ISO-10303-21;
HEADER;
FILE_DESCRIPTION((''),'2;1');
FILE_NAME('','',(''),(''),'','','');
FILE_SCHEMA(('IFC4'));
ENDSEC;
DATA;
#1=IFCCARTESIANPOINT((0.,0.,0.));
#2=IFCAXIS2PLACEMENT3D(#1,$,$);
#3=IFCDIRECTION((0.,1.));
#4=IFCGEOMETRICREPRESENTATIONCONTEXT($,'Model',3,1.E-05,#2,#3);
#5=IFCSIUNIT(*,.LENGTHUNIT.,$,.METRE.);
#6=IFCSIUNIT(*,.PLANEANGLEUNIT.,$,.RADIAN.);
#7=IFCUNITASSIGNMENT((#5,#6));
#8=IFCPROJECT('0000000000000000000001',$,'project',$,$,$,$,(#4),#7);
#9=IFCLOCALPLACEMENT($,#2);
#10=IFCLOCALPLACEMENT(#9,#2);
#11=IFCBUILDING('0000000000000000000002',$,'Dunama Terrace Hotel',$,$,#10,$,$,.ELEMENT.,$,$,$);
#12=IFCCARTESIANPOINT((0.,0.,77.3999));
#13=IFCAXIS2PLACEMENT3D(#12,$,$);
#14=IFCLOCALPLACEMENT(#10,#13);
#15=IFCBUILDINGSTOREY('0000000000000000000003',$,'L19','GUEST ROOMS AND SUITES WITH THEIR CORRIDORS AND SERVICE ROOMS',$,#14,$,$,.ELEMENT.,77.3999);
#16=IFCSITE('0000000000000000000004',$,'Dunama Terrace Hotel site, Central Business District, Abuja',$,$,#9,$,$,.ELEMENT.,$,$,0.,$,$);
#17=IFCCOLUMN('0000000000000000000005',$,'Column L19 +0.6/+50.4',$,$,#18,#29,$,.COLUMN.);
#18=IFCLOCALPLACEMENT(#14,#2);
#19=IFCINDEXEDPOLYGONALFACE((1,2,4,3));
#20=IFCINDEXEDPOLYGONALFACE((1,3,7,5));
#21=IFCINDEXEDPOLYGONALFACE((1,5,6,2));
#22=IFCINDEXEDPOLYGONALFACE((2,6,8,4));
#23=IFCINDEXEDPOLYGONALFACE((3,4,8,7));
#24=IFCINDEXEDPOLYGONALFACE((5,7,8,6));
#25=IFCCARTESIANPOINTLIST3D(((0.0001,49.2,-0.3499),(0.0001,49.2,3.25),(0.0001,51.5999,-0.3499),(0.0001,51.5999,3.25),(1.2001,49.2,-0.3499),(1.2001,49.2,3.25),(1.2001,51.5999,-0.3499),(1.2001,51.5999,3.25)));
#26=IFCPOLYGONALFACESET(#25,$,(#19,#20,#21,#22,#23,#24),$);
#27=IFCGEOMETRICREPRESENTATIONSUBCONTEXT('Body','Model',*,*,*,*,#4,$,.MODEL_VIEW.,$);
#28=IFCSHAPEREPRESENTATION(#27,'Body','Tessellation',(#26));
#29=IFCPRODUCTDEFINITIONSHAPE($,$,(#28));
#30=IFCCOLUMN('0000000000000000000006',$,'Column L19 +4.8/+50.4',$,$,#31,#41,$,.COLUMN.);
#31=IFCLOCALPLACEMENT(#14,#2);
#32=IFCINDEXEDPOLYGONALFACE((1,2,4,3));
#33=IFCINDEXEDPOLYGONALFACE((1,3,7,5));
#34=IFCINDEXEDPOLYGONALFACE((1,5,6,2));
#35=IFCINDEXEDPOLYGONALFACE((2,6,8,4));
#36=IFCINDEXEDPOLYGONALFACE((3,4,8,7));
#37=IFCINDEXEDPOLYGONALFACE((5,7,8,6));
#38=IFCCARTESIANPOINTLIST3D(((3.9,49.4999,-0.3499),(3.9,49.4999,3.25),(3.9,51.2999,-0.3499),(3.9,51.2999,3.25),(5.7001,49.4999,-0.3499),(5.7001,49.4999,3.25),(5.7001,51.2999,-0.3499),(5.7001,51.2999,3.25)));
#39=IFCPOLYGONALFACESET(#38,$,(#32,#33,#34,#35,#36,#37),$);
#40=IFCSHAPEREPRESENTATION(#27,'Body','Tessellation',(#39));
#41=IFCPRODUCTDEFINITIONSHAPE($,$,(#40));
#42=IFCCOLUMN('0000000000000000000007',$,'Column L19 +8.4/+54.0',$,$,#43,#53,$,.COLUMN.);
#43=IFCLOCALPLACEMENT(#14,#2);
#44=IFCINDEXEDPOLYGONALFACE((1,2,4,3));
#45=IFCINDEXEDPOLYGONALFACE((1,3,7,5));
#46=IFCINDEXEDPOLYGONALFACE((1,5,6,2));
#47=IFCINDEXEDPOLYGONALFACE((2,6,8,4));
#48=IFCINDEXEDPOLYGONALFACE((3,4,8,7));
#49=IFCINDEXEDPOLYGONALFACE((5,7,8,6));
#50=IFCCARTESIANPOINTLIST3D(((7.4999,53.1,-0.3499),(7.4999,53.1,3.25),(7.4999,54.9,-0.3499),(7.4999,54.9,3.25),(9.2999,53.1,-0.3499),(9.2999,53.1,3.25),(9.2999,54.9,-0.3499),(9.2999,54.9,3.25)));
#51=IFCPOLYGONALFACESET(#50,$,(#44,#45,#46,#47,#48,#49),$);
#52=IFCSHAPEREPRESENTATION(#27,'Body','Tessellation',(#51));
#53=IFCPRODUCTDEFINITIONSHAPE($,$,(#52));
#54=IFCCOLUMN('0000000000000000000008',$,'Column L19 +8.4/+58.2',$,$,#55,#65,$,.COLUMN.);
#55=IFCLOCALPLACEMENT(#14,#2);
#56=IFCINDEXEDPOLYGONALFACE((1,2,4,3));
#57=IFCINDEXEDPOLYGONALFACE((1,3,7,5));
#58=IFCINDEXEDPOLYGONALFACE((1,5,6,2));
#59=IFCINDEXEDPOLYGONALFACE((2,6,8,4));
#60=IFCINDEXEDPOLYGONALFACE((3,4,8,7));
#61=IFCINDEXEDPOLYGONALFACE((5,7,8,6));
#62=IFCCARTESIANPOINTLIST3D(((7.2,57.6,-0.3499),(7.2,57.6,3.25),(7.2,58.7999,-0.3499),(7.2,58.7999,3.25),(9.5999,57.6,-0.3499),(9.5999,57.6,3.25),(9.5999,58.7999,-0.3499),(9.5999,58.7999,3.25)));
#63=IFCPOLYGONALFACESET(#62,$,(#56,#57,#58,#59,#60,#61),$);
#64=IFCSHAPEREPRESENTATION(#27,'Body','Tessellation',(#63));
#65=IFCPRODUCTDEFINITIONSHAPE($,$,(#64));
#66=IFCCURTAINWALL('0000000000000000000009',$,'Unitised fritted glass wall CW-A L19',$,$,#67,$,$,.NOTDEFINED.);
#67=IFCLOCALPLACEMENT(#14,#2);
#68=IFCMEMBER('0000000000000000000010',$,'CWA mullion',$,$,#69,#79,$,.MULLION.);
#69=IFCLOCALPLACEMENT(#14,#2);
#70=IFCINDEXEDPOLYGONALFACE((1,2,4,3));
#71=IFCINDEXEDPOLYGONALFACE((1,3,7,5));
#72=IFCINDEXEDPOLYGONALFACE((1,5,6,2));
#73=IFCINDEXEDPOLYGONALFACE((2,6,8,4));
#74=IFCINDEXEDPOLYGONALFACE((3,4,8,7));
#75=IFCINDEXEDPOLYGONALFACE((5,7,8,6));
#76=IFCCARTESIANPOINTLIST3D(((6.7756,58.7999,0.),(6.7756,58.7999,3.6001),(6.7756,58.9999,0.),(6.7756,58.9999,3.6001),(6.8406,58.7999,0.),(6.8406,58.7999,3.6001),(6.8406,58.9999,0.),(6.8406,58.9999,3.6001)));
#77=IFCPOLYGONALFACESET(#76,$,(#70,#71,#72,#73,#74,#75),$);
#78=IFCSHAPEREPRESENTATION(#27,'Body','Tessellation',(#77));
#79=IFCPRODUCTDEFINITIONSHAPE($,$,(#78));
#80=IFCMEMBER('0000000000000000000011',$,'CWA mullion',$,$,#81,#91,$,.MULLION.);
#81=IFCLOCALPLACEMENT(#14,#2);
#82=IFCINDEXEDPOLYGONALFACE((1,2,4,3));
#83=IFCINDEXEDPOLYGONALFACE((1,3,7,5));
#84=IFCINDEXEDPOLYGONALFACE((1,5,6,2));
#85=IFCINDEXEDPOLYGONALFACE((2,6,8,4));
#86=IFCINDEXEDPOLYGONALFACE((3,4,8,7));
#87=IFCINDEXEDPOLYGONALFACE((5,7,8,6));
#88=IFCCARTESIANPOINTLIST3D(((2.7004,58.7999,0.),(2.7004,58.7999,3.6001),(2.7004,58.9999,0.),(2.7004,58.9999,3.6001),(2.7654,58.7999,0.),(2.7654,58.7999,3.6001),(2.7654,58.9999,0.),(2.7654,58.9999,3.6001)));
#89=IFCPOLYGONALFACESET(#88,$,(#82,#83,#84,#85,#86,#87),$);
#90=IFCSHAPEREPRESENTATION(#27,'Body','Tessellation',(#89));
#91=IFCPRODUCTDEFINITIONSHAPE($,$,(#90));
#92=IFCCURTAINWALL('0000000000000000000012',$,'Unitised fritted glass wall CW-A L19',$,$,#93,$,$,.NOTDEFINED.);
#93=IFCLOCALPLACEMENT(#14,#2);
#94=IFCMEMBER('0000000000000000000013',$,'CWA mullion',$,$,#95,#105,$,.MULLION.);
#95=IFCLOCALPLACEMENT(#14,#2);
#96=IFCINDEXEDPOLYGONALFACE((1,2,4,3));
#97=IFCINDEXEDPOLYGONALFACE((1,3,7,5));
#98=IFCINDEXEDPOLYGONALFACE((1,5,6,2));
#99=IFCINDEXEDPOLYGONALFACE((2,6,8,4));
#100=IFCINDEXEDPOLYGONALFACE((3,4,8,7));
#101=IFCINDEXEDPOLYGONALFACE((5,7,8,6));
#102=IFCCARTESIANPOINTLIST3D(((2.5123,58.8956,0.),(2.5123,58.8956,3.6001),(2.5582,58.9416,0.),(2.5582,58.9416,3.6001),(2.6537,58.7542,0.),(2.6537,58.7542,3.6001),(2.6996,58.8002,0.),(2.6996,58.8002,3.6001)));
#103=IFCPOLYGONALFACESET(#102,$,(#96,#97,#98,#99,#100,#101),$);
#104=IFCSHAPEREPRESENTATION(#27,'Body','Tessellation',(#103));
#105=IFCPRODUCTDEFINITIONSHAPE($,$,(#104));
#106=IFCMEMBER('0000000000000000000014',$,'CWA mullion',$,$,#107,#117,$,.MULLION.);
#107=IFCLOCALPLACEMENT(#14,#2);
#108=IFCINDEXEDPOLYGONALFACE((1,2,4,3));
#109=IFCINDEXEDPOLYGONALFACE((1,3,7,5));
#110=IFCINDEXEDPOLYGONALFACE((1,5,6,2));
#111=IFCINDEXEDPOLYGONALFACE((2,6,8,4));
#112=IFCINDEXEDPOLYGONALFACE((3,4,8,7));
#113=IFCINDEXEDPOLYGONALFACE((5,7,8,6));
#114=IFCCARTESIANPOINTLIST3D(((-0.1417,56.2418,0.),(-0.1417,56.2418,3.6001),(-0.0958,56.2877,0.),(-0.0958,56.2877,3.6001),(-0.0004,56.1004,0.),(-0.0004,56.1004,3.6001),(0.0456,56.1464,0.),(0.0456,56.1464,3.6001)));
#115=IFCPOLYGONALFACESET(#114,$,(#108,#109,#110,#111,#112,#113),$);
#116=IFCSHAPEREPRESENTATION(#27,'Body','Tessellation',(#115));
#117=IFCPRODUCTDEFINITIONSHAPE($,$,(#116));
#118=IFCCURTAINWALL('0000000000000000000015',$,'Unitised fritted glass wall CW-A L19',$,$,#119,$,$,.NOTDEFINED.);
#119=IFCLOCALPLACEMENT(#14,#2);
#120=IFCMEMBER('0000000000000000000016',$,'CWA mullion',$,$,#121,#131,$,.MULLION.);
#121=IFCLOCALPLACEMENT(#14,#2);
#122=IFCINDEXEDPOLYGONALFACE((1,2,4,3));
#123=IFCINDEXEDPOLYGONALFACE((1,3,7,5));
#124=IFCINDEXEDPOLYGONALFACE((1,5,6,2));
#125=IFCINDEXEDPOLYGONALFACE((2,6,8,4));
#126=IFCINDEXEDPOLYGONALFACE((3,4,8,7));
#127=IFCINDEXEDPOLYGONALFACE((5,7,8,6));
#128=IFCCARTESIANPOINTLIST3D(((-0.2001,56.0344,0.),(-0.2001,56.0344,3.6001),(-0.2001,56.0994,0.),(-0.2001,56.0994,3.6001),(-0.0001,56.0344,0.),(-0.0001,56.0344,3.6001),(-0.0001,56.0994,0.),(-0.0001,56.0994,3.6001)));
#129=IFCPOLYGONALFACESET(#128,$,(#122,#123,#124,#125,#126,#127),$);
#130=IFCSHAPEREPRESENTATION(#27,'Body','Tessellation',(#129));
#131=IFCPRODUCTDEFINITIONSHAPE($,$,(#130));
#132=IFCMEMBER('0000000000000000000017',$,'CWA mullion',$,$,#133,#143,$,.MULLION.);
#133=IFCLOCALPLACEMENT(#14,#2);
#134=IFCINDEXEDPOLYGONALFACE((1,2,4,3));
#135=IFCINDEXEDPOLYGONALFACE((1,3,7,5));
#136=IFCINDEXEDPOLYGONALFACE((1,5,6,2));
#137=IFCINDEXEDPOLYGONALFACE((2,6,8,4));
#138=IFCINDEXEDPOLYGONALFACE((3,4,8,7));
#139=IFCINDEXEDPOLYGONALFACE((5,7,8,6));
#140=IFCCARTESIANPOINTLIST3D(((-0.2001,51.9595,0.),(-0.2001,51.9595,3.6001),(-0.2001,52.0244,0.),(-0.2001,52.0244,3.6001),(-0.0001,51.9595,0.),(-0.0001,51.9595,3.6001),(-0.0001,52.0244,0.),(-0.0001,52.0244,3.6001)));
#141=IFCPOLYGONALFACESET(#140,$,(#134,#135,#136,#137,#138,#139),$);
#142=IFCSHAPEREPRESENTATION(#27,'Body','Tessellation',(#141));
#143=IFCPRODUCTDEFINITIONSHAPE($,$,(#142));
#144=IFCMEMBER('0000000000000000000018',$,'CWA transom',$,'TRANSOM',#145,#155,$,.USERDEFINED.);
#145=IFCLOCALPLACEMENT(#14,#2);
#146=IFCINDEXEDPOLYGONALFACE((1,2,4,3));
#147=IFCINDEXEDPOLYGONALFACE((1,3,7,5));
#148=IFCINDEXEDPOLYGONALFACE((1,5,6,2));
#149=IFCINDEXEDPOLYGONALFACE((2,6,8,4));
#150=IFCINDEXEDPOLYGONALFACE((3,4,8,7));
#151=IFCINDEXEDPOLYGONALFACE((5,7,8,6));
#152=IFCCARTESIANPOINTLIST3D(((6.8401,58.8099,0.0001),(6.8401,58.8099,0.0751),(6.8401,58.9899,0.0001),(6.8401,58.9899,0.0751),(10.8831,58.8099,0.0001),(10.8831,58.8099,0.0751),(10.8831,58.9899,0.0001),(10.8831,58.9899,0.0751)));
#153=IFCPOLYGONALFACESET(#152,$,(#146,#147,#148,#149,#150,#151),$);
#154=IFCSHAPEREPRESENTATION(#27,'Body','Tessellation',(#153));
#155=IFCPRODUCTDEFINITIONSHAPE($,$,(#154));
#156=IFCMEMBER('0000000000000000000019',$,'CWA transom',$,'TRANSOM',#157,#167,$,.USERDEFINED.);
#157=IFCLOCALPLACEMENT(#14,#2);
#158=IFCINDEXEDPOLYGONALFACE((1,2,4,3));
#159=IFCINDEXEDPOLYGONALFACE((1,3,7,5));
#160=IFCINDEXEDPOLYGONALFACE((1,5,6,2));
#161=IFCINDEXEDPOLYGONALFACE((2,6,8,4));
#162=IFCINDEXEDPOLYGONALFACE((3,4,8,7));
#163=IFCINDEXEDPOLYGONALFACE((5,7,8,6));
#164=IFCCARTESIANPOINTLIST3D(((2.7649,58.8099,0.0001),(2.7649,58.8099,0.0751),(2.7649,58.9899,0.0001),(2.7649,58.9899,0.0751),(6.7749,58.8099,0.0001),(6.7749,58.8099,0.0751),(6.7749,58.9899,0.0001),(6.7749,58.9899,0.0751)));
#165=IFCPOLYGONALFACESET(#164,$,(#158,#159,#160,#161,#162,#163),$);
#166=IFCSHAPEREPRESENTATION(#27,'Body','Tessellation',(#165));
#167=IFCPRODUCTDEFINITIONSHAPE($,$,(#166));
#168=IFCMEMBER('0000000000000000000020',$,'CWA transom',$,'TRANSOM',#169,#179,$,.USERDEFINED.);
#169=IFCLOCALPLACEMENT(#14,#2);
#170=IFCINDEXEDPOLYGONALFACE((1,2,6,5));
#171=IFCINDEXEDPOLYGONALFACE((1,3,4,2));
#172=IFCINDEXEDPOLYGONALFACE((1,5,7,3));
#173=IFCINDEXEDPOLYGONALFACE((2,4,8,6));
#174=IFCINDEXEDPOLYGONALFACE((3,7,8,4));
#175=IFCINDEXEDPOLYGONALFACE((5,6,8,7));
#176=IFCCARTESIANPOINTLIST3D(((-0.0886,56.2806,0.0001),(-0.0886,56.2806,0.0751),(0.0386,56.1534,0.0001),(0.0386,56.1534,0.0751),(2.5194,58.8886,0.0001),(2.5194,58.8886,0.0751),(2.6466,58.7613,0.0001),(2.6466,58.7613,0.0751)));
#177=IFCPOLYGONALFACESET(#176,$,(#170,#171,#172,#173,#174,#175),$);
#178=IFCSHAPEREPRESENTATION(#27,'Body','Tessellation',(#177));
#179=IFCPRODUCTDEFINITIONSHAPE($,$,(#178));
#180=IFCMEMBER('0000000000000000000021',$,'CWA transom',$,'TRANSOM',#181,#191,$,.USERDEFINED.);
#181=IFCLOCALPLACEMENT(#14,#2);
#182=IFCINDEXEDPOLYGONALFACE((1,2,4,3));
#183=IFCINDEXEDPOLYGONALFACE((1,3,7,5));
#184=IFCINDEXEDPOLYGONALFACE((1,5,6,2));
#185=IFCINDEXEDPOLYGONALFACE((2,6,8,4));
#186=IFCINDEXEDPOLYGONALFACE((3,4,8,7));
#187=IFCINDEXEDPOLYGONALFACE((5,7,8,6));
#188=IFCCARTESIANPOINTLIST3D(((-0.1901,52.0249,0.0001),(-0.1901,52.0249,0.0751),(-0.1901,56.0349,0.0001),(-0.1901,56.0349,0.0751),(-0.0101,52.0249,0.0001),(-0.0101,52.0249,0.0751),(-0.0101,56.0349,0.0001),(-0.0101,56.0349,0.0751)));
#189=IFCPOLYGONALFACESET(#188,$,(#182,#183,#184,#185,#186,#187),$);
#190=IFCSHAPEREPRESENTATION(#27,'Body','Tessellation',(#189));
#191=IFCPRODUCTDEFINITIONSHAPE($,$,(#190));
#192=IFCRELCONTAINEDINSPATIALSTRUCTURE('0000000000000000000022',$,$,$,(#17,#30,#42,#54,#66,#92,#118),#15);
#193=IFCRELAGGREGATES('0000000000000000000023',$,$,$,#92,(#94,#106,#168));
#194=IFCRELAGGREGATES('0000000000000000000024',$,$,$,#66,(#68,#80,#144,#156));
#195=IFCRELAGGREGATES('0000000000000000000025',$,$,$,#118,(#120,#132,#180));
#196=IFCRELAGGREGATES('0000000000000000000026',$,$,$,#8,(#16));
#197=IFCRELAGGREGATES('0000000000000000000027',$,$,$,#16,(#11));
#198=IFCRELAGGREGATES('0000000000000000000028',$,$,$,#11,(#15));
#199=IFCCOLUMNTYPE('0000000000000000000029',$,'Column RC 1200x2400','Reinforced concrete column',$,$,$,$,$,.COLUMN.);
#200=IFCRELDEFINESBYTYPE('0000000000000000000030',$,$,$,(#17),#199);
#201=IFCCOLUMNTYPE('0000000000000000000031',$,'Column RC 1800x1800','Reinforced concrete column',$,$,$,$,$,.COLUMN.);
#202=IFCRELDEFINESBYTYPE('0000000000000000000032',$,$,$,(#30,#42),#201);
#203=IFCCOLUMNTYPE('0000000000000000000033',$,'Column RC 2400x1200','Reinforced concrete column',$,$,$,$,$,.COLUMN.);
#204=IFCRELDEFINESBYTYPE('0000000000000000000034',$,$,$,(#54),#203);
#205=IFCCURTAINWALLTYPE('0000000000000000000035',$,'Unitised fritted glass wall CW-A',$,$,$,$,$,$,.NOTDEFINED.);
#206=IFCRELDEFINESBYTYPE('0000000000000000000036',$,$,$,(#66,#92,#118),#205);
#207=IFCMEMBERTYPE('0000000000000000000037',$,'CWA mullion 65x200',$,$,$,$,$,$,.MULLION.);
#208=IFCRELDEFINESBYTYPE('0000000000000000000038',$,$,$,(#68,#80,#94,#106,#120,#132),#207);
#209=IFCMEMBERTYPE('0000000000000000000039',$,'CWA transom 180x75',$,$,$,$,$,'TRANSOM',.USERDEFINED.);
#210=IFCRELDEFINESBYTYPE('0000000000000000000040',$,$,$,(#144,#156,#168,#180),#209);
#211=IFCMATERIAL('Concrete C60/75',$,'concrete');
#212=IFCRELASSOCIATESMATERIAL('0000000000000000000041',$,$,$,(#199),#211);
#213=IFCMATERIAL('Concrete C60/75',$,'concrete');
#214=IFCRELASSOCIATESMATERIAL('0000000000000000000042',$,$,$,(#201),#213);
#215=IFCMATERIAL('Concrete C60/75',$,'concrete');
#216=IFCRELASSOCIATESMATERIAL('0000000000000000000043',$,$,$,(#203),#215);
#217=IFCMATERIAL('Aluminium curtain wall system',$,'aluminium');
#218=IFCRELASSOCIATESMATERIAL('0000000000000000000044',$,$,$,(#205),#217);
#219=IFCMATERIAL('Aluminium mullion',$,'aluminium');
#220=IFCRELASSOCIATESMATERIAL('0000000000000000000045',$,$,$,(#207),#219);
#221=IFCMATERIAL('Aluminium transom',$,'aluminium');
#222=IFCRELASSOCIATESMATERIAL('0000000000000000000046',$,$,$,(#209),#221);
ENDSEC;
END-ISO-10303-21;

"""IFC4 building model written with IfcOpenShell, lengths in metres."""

from ifc_helpers import new_model, si_unit, direction, frame, origin, origin_2d, place, context, subcontext, project, spatial, rectangle, extrude, material, material_profile, profile_set, type_object, element, aggregate, save


model = new_model("IFC4")

# Units and contexts
model_context = context("Model", 3, precision=1e-05, world=origin(), true_north=direction((0.0, 1.0)))
body_context = subcontext(model_context, "Body", "Model", "MODEL_VIEW")
ifc_project = project(units=[si_unit("LENGTHUNIT", "METRE"), si_unit("PLANEANGLEUNIT", "RADIAN")], contexts=[model_context])

# Site, building, storey
site_placement = place(None, origin())
site = spatial("IfcSite", under=ifc_project, at=site_placement, Name="Dunama Terrace Hotel site, Central Business District, Abuja", CompositionType="ELEMENT", RefElevation=0.0)
building_placement = place(site_placement, origin())
building = spatial("IfcBuilding", under=site, at=building_placement, Name="Dunama Terrace Hotel", CompositionType="ELEMENT")
storey_placement = place(building_placement, frame((0.0, 0.0, 77.3999)))
storey = spatial("IfcBuildingStorey", under=building, at=storey_placement, Name="L19", Description="GUEST ROOMS AND SUITES WITH THEIR CORRIDORS AND SERVICE ROOMS", CompositionType="ELEMENT", Elevation=77.3999)

# Columns
ifc_material_1 = material(Name="Concrete C60/75", Category="concrete")
ifc_material_profile_1 = material_profile(ifc_material_1, rectangle(XDim=1.2, YDim=2.3999, at=origin_2d()), Name="RC 1200x2400")
ifc_profile_set_1 = profile_set([ifc_material_profile_1], Name="Concrete C60/75")
column_type_1 = type_object("IfcColumnType", Name="Column RC 1200x2400", Description="Reinforced concrete column", PredefinedType="COLUMN", material=ifc_profile_set_1)
column_1_placement = place(storey_placement, frame((0.6001, 50.3999, -0.3499), z_axis=(0.0, 0.0, 1.0), x_axis=(1.0, 0.0, 0.0)))
element("IfcColumn", 1, at=column_1_placement, inside=storey, type_object=column_type_1, Name="Column L19 +0.6/+50.4", PredefinedType="COLUMN", context=body_context, shape_type="SweptSolid", body=[
    extrude(rectangle(XDim=1.2, YDim=2.3999, at=origin_2d()), origin(), (0.0, 0.0, 1.0), 3.5999),
])
ifc_material_2 = material(Name="Concrete C60/75", Category="concrete")
ifc_material_profile_2 = material_profile(ifc_material_2, rectangle(XDim=1.8, YDim=1.8, at=origin_2d()), Name="RC 1800x1800")
ifc_profile_set_2 = profile_set([ifc_material_profile_2], Name="Concrete C60/75")
column_type_2 = type_object("IfcColumnType", Name="Column RC 1800x1800", Description="Reinforced concrete column", PredefinedType="COLUMN", material=ifc_profile_set_2)
for number, where, z_axis, x_axis, name in (
    (2, (4.8, 50.3999, -0.3499), (0.0, 0.0, 1.0), (1.0, 0.0, 0.0), "Column L19 +4.8/+50.4"),
    (3, (8.3999, 54.0, -0.3499), (0.0, 0.0, 1.0), (1.0, 0.0, 0.0), "Column L19 +8.4/+54.0"),
):
    element("IfcColumn", number, at=place(storey_placement, frame(where, z_axis=z_axis, x_axis=x_axis)), inside=storey, type_object=column_type_2, Name=name, PredefinedType="COLUMN", context=body_context, shape_type="SweptSolid", body=[
        extrude(rectangle(XDim=1.8, YDim=1.8, at=origin_2d()), origin(), (0.0, 0.0, 1.0), 3.5999),
    ])
ifc_material_3 = material(Name="Concrete C60/75", Category="concrete")
ifc_material_profile_3 = material_profile(ifc_material_3, rectangle(XDim=2.3999, YDim=1.2, at=origin_2d()), Name="RC 2400x1200")
ifc_profile_set_3 = profile_set([ifc_material_profile_3], Name="Concrete C60/75")
column_type_3 = type_object("IfcColumnType", Name="Column RC 2400x1200", Description="Reinforced concrete column", PredefinedType="COLUMN", material=ifc_profile_set_3)
column_2_placement = place(storey_placement, frame((8.3999, 58.2, -0.3499), z_axis=(0.0, 0.0, 1.0), x_axis=(1.0, 0.0, 0.0)))
element("IfcColumn", 4, at=column_2_placement, inside=storey, type_object=column_type_3, Name="Column L19 +8.4/+58.2", PredefinedType="COLUMN", context=body_context, shape_type="SweptSolid", body=[
    extrude(rectangle(XDim=2.3999, YDim=1.2, at=origin_2d()), origin(), (0.0, 0.0, 1.0), 3.5999),
])

# Curtain walls, members
ifc_material_4 = material(Name="Aluminium curtain wall system", Category="aluminium")
curtain_wall_type = type_object("IfcCurtainWallType", Name="Unitised fritted glass wall CW-A", PredefinedType="NOTDEFINED", material=ifc_material_4)
curtain_wall_1_placement = place(storey_placement, origin())
curtain_wall_1 = element("IfcCurtainWall", 5, at=curtain_wall_1_placement, inside=storey, type_object=curtain_wall_type, Name="Unitised fritted glass wall CW-A L19", PredefinedType="NOTDEFINED")
ifc_material_5 = material(Name="Aluminium mullion", Category="aluminium")
ifc_material_profile_4 = material_profile(ifc_material_5, rectangle(XDim=0.0649, YDim=0.2, at=origin_2d()), Name="CWA MULLION 65X200")
ifc_profile_set_4 = profile_set([ifc_material_profile_4], Name="Aluminium mullion")
member_type_1 = type_object("IfcMemberType", Name="CWA mullion 65x200", PredefinedType="MULLION", material=ifc_profile_set_4)
member_1_placement = place(storey_placement, frame((6.8081, 58.8999, 0.0), z_axis=(0.0, 0.0, 1.0), x_axis=(-1.0, 0.0, 0.0)))
member_1 = element("IfcMember", 6, at=member_1_placement, type_object=member_type_1, Name="CWA mullion", PredefinedType="MULLION", context=body_context, shape_type="SweptSolid", body=[
    extrude(rectangle(XDim=0.0649, YDim=0.2, at=origin_2d()), origin(), (0.0, 0.0, 1.0), 3.6001),
])
member_2_placement = place(storey_placement, frame((2.7329, 58.8999, 0.0), z_axis=(0.0, 0.0, 1.0), x_axis=(-1.0, 0.0, 0.0)))
member_2 = element("IfcMember", 7, at=member_2_placement, type_object=member_type_1, Name="CWA mullion", PredefinedType="MULLION", context=body_context, shape_type="SweptSolid", body=[
    extrude(rectangle(XDim=0.0649, YDim=0.2, at=origin_2d()), origin(), (0.0, 0.0, 1.0), 3.6001),
])
curtain_wall_2_placement = place(storey_placement, origin())
curtain_wall_2 = element("IfcCurtainWall", 8, at=curtain_wall_2_placement, inside=storey, type_object=curtain_wall_type, Name="Unitised fritted glass wall CW-A L19", PredefinedType="NOTDEFINED")
member_3_placement = place(storey_placement, frame((2.606, 58.8479, 0.0), z_axis=(0.0, 0.0, 1.0), x_axis=(-0.707107, -0.707107, 0.0)))
member_3 = element("IfcMember", 9, at=member_3_placement, type_object=member_type_1, Name="CWA mullion", PredefinedType="MULLION", context=body_context, shape_type="SweptSolid", body=[
    extrude(rectangle(XDim=0.0649, YDim=0.2, at=origin_2d()), origin(), (0.0, 0.0, 1.0), 3.6001),
])
member_4_placement = place(storey_placement, frame((-0.0481, 56.1941, 0.0), z_axis=(0.0, 0.0, 1.0), x_axis=(-0.707107, -0.707107, 0.0)))
member_4 = element("IfcMember", 10, at=member_4_placement, type_object=member_type_1, Name="CWA mullion", PredefinedType="MULLION", context=body_context, shape_type="SweptSolid", body=[
    extrude(rectangle(XDim=0.0649, YDim=0.2, at=origin_2d()), origin(), (0.0, 0.0, 1.0), 3.6001),
])
curtain_wall_3_placement = place(storey_placement, origin())
curtain_wall_3 = element("IfcCurtainWall", 11, at=curtain_wall_3_placement, inside=storey, type_object=curtain_wall_type, Name="Unitised fritted glass wall CW-A L19", PredefinedType="NOTDEFINED")
member_5_placement = place(storey_placement, frame((-0.1001, 56.0669, 0.0), z_axis=(0.0, 0.0, 1.0), x_axis=(0.0, -1.0, 0.0)))
member_5 = element("IfcMember", 12, at=member_5_placement, type_object=member_type_1, Name="CWA mullion", PredefinedType="MULLION", context=body_context, shape_type="SweptSolid", body=[
    extrude(rectangle(XDim=0.0649, YDim=0.2, at=origin_2d()), origin(), (0.0, 0.0, 1.0), 3.6001),
])
member_6_placement = place(storey_placement, frame((-0.1001, 51.9919, 0.0), z_axis=(0.0, 0.0, 1.0), x_axis=(0.0, -1.0, 0.0)))
member_6 = element("IfcMember", 13, at=member_6_placement, type_object=member_type_1, Name="CWA mullion", PredefinedType="MULLION", context=body_context, shape_type="SweptSolid", body=[
    extrude(rectangle(XDim=0.0649, YDim=0.2, at=origin_2d()), origin(), (0.0, 0.0, 1.0), 3.6001),
])

# Members
ifc_material_6 = material(Name="Aluminium transom", Category="aluminium")
ifc_material_profile_5 = material_profile(ifc_material_6, rectangle(XDim=0.1799, YDim=0.075, at=origin_2d()), Name="CWA TRANSOM 180X75")
ifc_profile_set_5 = profile_set([ifc_material_profile_5], Name="Aluminium transom")
member_type_2 = type_object("IfcMemberType", Name="CWA transom 180x75", ElementType="TRANSOM", PredefinedType="USERDEFINED", material=ifc_profile_set_5)
member_7_placement = place(storey_placement, frame((10.8831, 58.8999, 0.0376), z_axis=(-1.0, 0.0, 0.0), x_axis=(0.0, -1.0, 0.0)))
member_7 = element("IfcMember", 14, at=member_7_placement, type_object=member_type_2, Name="CWA transom", ObjectType="TRANSOM", PredefinedType="USERDEFINED", context=body_context, shape_type="SweptSolid", body=[
    extrude(rectangle(XDim=0.1799, YDim=0.075, at=origin_2d()), origin(), (0.0, 0.0, 1.0), 4.043),
])
member_8_placement = place(storey_placement, frame((6.7749, 58.8999, 0.0376), z_axis=(-1.0, 0.0, 0.0), x_axis=(0.0, -1.0, 0.0)))
member_8 = element("IfcMember", 15, at=member_8_placement, type_object=member_type_2, Name="CWA transom", ObjectType="TRANSOM", PredefinedType="USERDEFINED", context=body_context, shape_type="SweptSolid", body=[
    extrude(rectangle(XDim=0.1799, YDim=0.075, at=origin_2d()), origin(), (0.0, 0.0, 1.0), 4.01),
])
member_9_placement = place(storey_placement, frame((2.583, 58.825, 0.0376), z_axis=(-0.707107, -0.707107, 0.0), x_axis=(0.707107, -0.707107, 0.0)))
member_9 = element("IfcMember", 16, at=member_9_placement, type_object=member_type_2, Name="CWA transom", ObjectType="TRANSOM", PredefinedType="USERDEFINED", context=body_context, shape_type="SweptSolid", body=[
    extrude(rectangle(XDim=0.1799, YDim=0.075, at=origin_2d()), origin(), (0.0, 0.0, 1.0), 3.6882),
])
member_10_placement = place(storey_placement, frame((-0.1001, 56.0349, 0.0376), z_axis=(0.0, -1.0, 0.0), x_axis=(1.0, 0.0, 0.0)))
member_10 = element("IfcMember", 17, at=member_10_placement, type_object=member_type_2, Name="CWA transom", ObjectType="TRANSOM", PredefinedType="USERDEFINED", context=body_context, shape_type="SweptSolid", body=[
    extrude(rectangle(XDim=0.1799, YDim=0.075, at=origin_2d()), origin(), (0.0, 0.0, 1.0), 4.01),
])

aggregate(curtain_wall_2, [member_3, member_4, member_9])
aggregate(curtain_wall_1, [member_1, member_2, member_7, member_8])
aggregate(curtain_wall_3, [member_5, member_6, member_10])

save(model, "model.ifc")
